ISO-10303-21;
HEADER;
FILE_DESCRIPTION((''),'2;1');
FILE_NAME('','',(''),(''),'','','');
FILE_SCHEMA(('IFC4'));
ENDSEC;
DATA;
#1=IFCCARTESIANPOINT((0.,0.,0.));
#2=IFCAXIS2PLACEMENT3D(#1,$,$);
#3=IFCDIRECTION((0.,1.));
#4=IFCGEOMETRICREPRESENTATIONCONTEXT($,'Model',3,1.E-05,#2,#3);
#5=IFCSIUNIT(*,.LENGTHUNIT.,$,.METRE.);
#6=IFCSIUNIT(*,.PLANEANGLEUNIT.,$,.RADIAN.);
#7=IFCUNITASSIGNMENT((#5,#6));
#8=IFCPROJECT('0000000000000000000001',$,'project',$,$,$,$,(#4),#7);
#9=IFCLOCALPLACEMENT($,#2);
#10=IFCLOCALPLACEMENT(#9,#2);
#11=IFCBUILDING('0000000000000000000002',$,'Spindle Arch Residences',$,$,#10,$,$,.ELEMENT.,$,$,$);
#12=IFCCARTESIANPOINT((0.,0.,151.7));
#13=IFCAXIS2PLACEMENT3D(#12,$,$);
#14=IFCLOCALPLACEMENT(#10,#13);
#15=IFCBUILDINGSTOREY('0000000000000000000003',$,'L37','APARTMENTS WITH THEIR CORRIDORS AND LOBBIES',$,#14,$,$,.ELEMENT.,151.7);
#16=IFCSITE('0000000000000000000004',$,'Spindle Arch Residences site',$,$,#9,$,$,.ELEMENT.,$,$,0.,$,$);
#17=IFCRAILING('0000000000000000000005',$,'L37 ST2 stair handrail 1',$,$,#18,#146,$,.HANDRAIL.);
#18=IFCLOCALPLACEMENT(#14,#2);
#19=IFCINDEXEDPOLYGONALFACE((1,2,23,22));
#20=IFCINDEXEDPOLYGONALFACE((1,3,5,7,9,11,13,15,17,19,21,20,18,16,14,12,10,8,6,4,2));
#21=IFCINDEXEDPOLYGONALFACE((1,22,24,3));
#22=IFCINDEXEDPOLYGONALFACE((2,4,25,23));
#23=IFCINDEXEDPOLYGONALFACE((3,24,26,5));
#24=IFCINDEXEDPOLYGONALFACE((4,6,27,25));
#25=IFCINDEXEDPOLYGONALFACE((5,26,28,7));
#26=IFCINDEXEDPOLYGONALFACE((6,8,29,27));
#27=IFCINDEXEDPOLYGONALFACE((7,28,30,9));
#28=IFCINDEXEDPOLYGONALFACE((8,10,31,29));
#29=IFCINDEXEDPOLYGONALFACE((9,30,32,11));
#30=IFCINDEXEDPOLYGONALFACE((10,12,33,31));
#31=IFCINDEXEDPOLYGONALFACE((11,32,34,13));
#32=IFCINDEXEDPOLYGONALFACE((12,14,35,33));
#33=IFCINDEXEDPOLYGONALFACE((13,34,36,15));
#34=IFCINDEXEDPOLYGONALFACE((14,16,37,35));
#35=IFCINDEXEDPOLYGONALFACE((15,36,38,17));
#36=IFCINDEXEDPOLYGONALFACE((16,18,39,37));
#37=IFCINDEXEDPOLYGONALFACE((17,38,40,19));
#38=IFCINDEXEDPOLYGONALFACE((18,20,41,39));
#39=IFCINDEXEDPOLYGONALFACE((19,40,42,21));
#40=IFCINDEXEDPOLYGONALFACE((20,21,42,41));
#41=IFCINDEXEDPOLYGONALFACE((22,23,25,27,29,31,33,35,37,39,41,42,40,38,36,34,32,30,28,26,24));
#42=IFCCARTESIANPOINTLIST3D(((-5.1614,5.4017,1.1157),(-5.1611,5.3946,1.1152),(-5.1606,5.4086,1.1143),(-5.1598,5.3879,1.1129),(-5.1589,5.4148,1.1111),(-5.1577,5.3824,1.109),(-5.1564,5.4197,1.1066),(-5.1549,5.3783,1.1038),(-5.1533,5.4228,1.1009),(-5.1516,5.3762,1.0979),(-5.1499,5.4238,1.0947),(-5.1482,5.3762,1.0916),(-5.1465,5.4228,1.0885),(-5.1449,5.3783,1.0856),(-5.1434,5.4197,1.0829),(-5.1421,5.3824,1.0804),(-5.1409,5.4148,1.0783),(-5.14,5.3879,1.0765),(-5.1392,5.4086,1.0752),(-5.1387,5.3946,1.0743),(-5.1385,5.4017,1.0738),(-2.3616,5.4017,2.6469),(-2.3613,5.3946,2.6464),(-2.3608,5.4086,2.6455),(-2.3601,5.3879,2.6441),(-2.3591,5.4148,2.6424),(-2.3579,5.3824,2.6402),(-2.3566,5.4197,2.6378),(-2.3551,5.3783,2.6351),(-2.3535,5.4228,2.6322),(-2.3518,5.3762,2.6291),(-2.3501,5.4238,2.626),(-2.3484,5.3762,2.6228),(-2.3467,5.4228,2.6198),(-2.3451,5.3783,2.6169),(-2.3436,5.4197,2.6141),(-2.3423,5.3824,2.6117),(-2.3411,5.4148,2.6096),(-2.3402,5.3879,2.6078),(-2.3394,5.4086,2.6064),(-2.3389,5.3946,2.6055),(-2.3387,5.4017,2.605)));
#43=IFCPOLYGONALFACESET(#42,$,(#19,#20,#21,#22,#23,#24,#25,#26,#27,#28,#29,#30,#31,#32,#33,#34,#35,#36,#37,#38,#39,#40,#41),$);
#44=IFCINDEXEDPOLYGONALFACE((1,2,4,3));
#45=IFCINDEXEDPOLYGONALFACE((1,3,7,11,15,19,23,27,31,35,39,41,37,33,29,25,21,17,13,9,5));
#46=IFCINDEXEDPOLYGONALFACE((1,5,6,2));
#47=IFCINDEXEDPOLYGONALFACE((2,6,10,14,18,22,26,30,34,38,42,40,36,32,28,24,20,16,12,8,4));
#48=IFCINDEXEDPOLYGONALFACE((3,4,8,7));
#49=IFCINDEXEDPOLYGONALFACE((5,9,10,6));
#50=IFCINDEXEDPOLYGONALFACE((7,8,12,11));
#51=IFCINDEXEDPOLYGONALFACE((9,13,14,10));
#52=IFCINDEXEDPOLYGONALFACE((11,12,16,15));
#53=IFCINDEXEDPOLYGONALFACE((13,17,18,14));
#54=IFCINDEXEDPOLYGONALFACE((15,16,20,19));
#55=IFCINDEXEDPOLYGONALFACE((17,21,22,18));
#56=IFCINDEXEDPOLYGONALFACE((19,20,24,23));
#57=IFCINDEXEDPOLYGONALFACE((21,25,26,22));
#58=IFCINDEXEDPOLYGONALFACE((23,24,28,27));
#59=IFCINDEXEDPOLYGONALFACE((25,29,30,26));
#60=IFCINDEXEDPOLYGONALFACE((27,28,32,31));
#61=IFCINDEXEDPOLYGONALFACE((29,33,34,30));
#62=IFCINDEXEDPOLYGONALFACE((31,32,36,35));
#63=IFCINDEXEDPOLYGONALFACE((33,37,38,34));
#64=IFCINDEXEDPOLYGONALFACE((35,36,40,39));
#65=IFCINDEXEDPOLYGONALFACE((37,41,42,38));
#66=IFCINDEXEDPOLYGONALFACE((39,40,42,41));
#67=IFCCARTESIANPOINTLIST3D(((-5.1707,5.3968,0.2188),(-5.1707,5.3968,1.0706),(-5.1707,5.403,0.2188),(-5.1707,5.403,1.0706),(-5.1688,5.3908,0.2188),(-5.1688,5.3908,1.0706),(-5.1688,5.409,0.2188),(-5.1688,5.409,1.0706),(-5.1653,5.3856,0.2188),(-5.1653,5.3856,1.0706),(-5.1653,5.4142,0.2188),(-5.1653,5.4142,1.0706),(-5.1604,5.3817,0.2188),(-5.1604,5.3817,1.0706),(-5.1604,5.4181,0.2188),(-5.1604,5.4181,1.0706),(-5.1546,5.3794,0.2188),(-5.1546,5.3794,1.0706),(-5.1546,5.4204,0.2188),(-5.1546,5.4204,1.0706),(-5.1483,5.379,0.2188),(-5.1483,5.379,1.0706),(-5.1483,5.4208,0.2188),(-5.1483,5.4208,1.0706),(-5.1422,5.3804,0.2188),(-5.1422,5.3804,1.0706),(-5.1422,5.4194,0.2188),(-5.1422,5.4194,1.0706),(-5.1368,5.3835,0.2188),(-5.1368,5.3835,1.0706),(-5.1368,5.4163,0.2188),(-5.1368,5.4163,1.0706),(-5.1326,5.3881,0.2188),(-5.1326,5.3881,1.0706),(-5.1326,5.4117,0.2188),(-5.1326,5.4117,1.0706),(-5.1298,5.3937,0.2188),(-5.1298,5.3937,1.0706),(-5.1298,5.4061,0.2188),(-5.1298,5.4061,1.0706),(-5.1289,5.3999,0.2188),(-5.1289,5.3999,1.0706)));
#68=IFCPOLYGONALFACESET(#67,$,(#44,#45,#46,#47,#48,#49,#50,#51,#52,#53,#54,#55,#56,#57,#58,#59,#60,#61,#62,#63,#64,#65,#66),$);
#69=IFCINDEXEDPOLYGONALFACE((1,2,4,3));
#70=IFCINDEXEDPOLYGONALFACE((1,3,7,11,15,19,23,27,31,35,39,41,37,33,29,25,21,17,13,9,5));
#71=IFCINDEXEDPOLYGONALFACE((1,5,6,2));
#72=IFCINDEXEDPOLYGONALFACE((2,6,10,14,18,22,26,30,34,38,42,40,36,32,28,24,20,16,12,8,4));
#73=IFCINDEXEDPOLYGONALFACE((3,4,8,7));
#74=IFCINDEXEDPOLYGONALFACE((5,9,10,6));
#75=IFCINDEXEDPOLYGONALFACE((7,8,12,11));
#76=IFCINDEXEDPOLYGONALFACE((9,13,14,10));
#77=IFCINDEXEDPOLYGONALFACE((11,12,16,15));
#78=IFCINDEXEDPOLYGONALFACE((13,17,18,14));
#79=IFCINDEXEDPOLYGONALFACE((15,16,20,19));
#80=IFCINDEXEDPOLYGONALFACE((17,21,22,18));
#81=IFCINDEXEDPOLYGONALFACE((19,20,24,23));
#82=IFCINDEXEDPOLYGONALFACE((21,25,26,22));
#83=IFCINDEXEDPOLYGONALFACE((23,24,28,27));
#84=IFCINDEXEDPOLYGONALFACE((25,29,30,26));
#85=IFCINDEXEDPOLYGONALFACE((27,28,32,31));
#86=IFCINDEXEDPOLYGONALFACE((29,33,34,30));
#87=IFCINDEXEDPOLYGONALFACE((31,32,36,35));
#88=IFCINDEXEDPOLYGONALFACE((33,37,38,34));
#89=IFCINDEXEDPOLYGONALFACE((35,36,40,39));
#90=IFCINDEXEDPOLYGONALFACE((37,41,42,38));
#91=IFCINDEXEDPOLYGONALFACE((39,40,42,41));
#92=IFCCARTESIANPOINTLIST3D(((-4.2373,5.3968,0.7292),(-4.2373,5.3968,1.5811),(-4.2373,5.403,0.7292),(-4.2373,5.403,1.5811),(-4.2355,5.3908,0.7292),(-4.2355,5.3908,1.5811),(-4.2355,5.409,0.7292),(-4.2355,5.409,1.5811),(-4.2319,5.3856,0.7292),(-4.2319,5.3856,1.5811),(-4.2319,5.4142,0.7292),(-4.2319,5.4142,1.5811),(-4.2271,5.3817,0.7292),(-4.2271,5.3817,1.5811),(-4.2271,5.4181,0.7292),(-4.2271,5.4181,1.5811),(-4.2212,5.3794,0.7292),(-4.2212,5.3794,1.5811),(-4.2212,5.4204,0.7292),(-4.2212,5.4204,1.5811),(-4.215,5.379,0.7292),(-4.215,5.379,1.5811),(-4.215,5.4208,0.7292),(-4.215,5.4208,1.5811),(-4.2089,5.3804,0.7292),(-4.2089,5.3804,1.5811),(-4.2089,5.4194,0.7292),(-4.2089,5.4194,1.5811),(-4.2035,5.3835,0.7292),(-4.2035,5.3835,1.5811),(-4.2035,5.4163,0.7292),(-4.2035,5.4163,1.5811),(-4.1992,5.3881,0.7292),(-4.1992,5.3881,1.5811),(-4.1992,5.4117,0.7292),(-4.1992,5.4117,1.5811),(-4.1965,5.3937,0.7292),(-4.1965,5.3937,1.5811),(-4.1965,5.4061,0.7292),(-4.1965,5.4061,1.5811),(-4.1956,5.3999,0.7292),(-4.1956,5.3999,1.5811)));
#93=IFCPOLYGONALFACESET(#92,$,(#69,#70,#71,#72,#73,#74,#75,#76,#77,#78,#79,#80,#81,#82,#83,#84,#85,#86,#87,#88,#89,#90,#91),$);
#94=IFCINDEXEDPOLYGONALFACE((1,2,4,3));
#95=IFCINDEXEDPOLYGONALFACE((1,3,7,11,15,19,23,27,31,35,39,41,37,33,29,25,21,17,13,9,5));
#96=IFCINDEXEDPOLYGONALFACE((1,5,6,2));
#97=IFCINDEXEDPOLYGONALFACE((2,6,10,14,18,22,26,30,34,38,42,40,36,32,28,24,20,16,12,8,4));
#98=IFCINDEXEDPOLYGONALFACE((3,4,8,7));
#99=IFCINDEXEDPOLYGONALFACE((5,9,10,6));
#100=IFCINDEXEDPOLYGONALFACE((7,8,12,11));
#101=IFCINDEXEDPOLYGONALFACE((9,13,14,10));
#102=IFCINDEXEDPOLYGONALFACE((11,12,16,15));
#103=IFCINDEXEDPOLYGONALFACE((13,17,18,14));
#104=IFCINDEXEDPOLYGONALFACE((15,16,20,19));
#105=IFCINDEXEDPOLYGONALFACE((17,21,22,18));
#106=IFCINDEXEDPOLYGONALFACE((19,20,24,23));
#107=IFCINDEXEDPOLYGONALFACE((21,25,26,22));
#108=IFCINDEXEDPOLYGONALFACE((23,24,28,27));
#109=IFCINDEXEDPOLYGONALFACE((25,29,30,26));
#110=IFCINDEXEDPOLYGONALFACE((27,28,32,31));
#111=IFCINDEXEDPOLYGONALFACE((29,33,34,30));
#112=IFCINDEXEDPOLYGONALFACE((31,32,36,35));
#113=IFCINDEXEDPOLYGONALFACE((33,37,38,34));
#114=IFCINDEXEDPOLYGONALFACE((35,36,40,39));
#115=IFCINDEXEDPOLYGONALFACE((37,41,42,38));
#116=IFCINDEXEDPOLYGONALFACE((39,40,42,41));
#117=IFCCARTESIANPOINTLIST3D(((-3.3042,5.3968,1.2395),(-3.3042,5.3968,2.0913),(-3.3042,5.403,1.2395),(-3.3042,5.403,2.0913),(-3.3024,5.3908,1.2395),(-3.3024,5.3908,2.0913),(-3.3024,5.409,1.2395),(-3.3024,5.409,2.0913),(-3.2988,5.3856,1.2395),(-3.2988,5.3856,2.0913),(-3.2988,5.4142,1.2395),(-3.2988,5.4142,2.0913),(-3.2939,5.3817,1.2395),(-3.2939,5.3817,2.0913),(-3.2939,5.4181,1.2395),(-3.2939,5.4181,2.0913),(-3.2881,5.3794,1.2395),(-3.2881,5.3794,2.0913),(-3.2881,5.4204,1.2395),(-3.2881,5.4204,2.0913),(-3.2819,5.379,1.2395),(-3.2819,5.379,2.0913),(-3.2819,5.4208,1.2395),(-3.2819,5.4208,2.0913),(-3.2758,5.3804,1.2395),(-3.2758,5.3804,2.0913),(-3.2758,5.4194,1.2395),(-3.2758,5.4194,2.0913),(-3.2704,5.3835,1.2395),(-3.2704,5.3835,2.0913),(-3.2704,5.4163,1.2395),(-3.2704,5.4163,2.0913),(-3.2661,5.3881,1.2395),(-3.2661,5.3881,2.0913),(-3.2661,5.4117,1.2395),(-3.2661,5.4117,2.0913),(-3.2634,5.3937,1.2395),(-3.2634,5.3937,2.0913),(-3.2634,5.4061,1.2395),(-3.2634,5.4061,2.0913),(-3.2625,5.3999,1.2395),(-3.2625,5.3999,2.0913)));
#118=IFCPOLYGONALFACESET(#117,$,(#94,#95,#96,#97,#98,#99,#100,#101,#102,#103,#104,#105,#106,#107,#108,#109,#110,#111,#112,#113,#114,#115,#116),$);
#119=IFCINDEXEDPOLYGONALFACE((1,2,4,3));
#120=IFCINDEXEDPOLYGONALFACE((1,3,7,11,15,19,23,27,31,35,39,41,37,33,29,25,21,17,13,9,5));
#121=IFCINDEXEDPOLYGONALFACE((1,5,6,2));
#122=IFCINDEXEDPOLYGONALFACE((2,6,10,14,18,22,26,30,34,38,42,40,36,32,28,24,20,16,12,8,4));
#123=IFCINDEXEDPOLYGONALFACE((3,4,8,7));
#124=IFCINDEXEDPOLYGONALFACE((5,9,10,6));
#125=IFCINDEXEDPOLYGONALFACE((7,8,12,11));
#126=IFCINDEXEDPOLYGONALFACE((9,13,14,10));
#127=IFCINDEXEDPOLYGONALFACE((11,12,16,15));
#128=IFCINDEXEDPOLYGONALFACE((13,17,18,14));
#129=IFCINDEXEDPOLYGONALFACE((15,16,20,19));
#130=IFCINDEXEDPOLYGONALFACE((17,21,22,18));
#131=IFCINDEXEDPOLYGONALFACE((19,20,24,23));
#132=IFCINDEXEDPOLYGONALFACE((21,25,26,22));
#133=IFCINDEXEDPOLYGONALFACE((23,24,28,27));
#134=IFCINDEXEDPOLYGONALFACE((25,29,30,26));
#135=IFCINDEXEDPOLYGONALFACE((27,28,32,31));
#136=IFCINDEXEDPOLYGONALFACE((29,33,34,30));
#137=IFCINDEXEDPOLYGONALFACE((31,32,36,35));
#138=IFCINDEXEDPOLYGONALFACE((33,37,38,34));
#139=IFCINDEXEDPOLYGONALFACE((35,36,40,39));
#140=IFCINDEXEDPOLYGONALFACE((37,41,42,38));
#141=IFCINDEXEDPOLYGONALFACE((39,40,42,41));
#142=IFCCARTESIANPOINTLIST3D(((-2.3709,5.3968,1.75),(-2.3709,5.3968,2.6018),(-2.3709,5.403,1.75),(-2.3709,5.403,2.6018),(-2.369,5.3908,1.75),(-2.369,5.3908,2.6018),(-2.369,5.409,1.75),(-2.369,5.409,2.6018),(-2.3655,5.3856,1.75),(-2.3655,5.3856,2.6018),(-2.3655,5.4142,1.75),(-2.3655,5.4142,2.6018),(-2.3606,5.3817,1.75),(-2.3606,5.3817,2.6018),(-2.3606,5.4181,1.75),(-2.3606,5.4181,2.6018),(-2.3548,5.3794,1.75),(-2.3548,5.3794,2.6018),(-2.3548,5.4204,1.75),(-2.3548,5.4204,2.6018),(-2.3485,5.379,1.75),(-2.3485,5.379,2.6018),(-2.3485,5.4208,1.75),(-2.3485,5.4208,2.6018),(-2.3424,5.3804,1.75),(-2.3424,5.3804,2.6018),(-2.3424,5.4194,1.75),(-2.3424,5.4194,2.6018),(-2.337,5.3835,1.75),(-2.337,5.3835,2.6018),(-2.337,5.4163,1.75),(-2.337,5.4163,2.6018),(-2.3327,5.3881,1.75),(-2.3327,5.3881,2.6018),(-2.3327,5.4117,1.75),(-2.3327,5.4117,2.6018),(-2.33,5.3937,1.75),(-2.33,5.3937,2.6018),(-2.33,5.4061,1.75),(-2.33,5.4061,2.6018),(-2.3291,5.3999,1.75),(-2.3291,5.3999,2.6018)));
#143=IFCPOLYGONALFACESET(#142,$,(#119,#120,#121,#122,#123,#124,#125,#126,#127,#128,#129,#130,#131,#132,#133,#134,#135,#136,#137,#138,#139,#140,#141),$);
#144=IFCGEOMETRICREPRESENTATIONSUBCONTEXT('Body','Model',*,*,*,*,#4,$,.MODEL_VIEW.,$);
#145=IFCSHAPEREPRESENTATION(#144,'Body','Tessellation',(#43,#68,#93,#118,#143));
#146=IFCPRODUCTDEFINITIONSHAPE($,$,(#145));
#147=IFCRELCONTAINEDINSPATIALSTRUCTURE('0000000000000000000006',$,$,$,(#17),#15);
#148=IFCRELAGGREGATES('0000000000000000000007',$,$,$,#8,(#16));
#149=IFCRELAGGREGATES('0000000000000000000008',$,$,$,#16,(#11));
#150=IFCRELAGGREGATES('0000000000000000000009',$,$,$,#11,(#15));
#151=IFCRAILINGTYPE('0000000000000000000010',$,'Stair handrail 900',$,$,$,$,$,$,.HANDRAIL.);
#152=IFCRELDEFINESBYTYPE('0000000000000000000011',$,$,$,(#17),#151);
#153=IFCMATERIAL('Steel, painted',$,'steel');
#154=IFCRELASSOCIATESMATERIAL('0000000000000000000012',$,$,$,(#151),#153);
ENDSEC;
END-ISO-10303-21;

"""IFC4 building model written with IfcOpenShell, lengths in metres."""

from ifc_helpers import new_model, si_unit, direction, frame, origin, origin_2d, place, context, subcontext, project, spatial, circle, extrude, material, type_object, element, save


model = new_model("IFC4")

# Units and contexts
model_context = context("Model", 3, precision=1e-05, world=origin(), true_north=direction((0.0, 1.0)))
body_context = subcontext(model_context, "Body", "Model", "MODEL_VIEW")
ifc_project = project(units=[si_unit("LENGTHUNIT", "METRE"), si_unit("PLANEANGLEUNIT", "RADIAN")], contexts=[model_context])

# Site, building, storey
site_placement = place(None, origin())
site = spatial("IfcSite", under=ifc_project, at=site_placement, Name="Spindle Arch Residences site", CompositionType="ELEMENT", RefElevation=0.0)
building_placement = place(site_placement, origin())
building = spatial("IfcBuilding", under=site, at=building_placement, Name="Spindle Arch Residences", CompositionType="ELEMENT")
storey_placement = place(building_placement, frame((0.0, 0.0, 151.7)))
storey = spatial("IfcBuildingStorey", under=building, at=storey_placement, Name="L37", Description="APARTMENTS WITH THEIR CORRIDORS AND LOBBIES", CompositionType="ELEMENT", Elevation=151.7)

# Railing
ifc_material_1 = material(Name="Steel, painted", Category="steel")
railing_type_1 = type_object("IfcRailingType", Name="Stair handrail 900", PredefinedType="HANDRAIL", material=ifc_material_1)
railing_1_placement = place(storey_placement, frame((-5.1499, 5.3999, 0.2188)))
element("IfcRailing", 1, at=railing_1_placement, inside=storey, type_object=railing_type_1, Name="L37 ST2 stair handrail 1", PredefinedType="HANDRAIL", context=body_context, shape_type="SweptSolid", body=[
    extrude(circle(Radius=0.0239, at=origin_2d()), frame((0.0, 0.0, 0.876), z_axis=(0.877357, 0.0, 0.479838), x_axis=(0.0, 1.0, 0.0)), (0.0, 0.0, 1.0), 3.1912),
    extrude(circle(Radius=0.021, at=origin_2d()), origin(), (0.0, 0.0, 1.0), 0.8518),
    extrude(circle(Radius=0.021, at=origin_2d()), frame((0.9333, 0.0, 0.5105)), (0.0, 0.0, 1.0), 0.8518),
    extrude(circle(Radius=0.021, at=origin_2d()), frame((1.8665, 0.0, 1.0208)), (0.0, 0.0, 1.0), 0.8518),
    extrude(circle(Radius=0.021, at=origin_2d()), frame((2.7998, 0.0, 1.5312)), (0.0, 0.0, 1.0), 0.8518),
])

save(model, "model.ifc")
